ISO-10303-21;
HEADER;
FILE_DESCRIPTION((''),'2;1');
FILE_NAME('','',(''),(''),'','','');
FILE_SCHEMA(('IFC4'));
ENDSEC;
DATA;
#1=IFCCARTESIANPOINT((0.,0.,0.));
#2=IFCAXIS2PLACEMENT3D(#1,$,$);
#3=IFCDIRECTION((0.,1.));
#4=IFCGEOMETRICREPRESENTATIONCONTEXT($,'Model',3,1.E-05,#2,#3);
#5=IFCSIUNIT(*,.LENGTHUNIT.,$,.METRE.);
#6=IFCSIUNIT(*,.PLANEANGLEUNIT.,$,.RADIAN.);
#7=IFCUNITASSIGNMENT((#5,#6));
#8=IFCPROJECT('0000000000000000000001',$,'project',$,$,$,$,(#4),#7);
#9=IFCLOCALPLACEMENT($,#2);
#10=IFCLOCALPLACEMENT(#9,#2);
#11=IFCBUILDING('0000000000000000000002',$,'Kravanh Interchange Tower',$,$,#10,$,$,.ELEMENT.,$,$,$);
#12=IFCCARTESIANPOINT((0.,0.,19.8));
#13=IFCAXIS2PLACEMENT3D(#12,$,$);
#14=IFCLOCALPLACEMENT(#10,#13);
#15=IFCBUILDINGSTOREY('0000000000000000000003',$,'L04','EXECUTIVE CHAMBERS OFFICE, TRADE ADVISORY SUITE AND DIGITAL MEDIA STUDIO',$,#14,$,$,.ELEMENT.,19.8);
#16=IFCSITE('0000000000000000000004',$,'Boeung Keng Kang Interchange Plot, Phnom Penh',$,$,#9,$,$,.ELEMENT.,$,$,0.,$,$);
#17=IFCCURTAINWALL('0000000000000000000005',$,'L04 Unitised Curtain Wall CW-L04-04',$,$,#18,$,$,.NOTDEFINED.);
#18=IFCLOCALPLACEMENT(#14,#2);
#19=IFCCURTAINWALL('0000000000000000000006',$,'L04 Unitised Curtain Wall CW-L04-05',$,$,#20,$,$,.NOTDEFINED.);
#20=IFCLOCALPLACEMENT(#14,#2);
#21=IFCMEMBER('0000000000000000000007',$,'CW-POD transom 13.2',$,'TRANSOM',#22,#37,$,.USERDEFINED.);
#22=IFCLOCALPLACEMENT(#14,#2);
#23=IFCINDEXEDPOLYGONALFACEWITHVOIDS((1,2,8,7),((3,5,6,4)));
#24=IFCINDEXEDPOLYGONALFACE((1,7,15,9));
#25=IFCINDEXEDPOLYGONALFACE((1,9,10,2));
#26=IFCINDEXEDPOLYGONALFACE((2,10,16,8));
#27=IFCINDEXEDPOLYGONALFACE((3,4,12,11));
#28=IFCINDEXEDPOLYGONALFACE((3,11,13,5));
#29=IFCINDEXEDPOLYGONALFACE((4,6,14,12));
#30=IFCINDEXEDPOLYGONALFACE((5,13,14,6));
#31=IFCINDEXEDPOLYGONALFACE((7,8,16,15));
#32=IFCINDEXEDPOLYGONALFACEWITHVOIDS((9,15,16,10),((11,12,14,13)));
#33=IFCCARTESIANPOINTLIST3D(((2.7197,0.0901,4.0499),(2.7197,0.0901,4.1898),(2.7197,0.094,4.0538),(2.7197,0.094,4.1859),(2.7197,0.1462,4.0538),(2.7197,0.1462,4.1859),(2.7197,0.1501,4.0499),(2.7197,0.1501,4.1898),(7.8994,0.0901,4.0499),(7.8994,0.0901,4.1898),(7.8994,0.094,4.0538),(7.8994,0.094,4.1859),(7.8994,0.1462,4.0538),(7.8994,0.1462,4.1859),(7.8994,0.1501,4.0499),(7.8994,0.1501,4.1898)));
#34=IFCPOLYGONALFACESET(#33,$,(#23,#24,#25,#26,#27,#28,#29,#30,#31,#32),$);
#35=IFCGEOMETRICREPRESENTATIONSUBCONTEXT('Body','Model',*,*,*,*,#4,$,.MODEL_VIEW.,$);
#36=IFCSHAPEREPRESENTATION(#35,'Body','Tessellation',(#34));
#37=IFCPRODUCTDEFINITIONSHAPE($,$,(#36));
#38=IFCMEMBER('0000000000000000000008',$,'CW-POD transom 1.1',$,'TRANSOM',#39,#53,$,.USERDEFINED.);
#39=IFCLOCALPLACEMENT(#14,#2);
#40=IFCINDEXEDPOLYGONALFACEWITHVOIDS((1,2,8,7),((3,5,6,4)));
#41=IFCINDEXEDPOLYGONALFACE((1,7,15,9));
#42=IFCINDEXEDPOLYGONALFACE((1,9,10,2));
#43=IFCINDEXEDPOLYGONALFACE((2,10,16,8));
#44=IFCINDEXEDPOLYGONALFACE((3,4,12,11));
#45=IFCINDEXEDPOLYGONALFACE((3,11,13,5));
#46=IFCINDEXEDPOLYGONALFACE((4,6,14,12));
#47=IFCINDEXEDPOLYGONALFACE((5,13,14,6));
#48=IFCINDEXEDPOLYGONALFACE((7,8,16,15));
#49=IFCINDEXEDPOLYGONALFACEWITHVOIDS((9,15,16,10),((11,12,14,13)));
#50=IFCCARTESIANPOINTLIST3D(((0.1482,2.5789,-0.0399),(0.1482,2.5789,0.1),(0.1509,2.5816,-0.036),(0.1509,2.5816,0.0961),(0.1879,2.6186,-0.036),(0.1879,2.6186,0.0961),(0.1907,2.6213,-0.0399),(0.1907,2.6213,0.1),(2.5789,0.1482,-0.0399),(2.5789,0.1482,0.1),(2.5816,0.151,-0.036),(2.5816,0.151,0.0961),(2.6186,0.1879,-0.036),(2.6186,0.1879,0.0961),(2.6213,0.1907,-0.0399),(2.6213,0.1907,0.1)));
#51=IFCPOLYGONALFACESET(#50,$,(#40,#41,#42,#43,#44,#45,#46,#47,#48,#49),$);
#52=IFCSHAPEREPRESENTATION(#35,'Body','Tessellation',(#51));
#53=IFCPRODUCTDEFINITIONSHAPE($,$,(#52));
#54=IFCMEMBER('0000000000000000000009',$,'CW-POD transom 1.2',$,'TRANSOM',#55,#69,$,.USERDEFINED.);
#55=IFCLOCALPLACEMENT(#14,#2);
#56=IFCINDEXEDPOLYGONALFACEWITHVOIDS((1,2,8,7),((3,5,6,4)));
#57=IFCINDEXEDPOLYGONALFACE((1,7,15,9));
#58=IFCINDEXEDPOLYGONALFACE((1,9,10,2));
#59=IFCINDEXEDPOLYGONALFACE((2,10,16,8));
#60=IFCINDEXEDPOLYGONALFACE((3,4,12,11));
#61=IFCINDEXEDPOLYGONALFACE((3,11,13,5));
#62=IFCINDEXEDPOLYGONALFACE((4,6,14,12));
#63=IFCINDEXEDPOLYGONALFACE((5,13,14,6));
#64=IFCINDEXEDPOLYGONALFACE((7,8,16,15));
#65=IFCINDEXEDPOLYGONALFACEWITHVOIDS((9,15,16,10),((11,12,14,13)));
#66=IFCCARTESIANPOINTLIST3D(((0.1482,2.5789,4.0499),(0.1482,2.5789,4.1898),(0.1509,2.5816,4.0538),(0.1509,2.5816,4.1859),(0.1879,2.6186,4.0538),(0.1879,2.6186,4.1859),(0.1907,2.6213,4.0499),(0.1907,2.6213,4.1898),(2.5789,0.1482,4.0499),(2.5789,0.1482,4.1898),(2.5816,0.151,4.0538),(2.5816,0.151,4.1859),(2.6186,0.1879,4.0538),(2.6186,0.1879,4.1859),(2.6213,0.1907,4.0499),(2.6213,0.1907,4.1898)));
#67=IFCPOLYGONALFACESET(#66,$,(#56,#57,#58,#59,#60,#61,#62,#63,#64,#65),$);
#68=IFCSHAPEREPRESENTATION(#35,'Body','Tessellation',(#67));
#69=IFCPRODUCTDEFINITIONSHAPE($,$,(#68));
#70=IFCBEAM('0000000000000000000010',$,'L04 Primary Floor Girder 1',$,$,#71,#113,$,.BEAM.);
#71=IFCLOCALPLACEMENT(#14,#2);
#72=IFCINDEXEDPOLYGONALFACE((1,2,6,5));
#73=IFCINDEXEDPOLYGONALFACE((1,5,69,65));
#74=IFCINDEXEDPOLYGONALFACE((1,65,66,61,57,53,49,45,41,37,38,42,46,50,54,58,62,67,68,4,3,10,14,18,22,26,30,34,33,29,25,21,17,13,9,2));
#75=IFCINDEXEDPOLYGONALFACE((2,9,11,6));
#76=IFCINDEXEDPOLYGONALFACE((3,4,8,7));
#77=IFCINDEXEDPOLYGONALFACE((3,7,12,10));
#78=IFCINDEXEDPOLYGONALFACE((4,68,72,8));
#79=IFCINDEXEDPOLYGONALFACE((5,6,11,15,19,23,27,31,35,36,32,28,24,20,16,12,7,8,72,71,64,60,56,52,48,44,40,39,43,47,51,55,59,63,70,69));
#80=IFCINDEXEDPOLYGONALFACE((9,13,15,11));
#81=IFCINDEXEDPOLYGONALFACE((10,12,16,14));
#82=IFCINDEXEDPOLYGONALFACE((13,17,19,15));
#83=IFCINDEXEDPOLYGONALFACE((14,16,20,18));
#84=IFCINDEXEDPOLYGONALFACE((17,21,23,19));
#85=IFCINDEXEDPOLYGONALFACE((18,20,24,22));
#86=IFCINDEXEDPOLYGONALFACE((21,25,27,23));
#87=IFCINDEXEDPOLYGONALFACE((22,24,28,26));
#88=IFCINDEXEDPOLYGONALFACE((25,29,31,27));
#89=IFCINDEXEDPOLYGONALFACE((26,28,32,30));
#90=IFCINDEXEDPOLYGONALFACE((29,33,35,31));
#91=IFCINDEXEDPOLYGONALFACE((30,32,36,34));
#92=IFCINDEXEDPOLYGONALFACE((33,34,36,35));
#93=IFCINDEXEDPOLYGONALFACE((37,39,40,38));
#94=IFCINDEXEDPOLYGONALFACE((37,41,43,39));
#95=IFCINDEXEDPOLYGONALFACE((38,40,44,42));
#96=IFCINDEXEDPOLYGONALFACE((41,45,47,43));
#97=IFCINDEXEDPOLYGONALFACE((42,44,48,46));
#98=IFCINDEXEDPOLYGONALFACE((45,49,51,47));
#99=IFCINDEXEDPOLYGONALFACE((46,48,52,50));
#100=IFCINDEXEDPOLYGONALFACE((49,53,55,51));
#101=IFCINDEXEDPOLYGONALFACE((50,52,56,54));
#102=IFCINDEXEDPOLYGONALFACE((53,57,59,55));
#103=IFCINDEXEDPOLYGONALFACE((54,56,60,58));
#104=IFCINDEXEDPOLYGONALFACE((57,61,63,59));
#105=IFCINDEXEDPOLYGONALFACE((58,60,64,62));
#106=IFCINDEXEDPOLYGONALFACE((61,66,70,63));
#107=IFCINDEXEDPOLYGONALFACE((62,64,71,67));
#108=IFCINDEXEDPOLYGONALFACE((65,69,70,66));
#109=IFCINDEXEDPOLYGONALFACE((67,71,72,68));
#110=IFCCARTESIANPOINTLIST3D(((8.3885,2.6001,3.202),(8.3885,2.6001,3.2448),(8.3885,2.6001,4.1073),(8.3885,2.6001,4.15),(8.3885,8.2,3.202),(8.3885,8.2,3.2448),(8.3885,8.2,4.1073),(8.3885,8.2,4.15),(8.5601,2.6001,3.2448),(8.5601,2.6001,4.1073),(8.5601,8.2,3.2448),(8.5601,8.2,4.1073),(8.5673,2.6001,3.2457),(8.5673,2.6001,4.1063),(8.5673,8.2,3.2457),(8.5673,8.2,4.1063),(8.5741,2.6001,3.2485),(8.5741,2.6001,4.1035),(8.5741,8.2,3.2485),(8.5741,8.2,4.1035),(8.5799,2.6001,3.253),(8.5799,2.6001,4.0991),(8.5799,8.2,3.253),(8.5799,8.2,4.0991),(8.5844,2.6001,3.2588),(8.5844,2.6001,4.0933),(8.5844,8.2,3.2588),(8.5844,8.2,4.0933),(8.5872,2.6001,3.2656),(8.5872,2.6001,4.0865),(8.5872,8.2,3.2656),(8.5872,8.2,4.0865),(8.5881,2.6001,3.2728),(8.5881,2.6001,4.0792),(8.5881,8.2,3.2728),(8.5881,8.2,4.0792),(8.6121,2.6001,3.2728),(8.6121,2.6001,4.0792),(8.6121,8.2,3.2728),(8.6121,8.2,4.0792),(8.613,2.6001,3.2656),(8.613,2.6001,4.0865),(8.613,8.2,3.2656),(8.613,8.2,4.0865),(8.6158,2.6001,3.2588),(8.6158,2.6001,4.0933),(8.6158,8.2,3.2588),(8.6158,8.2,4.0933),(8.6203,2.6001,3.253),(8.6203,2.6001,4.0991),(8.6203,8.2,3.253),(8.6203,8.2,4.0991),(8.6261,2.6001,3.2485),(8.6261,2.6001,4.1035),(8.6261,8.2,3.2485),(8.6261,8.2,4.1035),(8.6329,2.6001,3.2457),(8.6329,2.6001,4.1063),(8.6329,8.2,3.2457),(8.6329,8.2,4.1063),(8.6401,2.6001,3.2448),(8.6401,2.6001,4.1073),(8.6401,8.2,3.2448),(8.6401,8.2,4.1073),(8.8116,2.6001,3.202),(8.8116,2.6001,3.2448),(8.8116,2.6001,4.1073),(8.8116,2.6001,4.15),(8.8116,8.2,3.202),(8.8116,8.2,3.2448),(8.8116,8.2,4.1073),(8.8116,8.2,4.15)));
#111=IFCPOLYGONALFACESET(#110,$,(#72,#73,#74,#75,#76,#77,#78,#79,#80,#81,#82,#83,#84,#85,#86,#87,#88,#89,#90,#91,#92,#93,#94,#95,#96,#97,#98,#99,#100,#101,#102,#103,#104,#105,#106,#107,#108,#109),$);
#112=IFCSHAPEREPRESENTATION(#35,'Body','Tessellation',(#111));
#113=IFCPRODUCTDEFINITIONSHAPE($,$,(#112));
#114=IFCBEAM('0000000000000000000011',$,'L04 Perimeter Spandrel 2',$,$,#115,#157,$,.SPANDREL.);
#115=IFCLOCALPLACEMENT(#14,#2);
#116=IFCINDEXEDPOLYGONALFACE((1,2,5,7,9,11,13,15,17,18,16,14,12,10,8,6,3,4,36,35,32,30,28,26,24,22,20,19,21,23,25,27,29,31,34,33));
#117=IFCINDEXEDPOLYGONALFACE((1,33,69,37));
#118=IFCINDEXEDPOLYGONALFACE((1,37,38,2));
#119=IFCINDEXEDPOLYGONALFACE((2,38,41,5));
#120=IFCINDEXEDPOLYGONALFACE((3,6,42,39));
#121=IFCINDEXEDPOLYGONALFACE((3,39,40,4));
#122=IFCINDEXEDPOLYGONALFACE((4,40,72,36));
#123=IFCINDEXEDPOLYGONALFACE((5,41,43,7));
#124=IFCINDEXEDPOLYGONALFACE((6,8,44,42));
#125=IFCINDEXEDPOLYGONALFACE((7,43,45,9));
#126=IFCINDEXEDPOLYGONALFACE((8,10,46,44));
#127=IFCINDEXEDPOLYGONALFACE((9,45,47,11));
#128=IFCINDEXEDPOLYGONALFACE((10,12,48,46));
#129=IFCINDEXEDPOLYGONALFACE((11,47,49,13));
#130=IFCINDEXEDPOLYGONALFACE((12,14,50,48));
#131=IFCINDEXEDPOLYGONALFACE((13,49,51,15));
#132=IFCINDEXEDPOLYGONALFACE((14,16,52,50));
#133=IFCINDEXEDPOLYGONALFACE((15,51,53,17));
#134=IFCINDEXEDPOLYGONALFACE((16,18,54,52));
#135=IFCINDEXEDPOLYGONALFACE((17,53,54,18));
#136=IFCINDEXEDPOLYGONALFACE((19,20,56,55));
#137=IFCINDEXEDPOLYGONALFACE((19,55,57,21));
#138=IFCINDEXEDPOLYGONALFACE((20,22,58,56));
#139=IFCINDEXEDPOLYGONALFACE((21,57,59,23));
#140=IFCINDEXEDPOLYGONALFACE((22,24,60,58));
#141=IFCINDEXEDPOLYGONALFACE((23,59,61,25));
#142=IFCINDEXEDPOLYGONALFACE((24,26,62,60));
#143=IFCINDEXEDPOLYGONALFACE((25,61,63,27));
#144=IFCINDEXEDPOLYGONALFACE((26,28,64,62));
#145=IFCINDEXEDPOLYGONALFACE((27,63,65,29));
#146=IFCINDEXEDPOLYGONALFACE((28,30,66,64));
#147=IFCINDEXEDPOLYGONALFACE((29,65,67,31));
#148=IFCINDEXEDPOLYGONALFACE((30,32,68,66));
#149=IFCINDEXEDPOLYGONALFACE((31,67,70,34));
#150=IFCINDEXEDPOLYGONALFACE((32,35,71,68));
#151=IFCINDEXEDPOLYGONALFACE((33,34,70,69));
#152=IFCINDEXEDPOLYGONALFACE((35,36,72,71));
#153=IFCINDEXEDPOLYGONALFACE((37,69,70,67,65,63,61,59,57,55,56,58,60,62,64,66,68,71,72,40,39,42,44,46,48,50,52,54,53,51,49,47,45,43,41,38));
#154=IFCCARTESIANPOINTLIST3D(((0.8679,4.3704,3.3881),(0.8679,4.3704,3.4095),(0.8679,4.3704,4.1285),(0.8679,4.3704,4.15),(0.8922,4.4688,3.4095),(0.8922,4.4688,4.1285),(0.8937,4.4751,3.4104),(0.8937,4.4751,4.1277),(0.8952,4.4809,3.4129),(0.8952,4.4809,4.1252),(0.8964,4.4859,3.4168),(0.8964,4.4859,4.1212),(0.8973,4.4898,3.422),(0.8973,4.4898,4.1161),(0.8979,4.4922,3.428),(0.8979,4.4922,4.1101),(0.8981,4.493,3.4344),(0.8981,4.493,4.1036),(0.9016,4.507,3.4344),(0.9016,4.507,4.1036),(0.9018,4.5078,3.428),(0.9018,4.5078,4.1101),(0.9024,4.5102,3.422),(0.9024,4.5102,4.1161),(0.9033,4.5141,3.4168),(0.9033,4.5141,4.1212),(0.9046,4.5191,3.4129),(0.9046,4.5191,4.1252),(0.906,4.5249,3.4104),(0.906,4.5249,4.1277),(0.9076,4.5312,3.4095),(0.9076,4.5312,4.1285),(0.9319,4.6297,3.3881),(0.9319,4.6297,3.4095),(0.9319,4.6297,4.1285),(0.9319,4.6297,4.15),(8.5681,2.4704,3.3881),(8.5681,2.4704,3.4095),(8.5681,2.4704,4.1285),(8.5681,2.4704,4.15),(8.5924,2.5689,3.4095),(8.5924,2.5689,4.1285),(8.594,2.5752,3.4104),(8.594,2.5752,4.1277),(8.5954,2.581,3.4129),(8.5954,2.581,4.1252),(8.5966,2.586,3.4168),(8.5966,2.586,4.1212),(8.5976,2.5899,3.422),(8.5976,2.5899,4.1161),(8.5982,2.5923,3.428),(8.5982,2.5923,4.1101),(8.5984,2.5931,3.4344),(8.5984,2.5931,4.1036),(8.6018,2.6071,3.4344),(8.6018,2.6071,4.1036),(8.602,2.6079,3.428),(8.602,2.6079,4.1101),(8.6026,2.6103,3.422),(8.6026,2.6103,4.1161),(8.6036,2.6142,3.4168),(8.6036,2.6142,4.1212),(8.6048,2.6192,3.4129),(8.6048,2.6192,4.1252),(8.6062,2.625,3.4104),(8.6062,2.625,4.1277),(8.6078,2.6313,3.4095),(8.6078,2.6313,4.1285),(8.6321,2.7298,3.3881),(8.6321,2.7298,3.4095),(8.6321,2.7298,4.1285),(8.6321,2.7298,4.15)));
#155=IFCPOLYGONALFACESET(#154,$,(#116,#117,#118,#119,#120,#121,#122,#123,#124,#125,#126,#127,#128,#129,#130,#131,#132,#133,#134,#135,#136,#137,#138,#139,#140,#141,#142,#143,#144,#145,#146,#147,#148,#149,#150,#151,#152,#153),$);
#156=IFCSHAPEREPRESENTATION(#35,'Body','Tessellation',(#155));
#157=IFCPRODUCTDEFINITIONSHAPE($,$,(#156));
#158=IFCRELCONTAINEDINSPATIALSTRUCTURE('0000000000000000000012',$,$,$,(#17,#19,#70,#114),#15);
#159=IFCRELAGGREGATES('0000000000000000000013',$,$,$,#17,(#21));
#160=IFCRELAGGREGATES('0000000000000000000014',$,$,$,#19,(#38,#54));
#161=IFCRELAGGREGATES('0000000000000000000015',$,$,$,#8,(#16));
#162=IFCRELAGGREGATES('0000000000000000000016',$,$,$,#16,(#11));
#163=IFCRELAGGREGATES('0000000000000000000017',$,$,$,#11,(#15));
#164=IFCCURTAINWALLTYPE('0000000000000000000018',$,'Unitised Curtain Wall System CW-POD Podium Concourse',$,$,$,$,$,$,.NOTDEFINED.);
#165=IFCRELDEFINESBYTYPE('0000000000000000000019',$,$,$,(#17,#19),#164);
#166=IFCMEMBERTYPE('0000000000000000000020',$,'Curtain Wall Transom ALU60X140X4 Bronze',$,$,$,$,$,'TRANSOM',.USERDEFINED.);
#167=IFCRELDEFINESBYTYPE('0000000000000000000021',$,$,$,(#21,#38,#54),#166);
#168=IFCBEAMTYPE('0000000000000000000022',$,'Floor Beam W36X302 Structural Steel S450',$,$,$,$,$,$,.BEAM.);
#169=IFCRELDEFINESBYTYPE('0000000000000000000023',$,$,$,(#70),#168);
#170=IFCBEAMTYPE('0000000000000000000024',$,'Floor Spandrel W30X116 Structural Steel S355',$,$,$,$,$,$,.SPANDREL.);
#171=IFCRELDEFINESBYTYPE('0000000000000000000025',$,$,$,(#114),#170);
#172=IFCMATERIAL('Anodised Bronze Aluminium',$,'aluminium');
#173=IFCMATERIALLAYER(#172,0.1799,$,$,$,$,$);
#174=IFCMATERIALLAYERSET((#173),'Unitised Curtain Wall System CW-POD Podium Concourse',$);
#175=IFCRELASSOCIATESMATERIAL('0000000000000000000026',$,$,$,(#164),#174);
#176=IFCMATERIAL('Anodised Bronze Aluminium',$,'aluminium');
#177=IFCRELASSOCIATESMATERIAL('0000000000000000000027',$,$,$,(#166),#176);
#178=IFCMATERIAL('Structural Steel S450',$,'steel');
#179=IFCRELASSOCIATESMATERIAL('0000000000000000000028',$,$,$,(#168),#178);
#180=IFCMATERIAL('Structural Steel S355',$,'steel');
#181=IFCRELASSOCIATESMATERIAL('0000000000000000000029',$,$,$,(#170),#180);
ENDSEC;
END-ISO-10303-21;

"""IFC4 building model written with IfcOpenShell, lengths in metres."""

from ifc_helpers import new_model, si_unit, direction, frame, origin, origin_2d, place, context, subcontext, project, spatial, hollow_rectangle, i_section, extrude, material, layer, layer_set, material_profile, profile_set, type_object, element, aggregate, save


model = new_model("IFC4")

# Units and contexts
model_context = context("Model", 3, precision=1e-05, world=origin(), true_north=direction((0.0, 1.0)))
body_context = subcontext(model_context, "Body", "Model", "MODEL_VIEW")
ifc_project = project(units=[si_unit("LENGTHUNIT", "METRE"), si_unit("PLANEANGLEUNIT", "RADIAN")], contexts=[model_context])

# Site, building, storey
site_placement = place(None, origin())
site = spatial("IfcSite", under=ifc_project, at=site_placement, Name="Boeung Keng Kang Interchange Plot, Phnom Penh", CompositionType="ELEMENT", RefElevation=0.0)
building_placement = place(site_placement, origin())
building = spatial("IfcBuilding", under=site, at=building_placement, Name="Kravanh Interchange Tower", CompositionType="ELEMENT")
storey_placement = place(building_placement, frame((0.0, 0.0, 19.8)))
storey = spatial("IfcBuildingStorey", under=building, at=storey_placement, Name="L04", Description="EXECUTIVE CHAMBERS OFFICE, TRADE ADVISORY SUITE AND DIGITAL MEDIA STUDIO", CompositionType="ELEMENT", Elevation=19.8)

# Shared definitions
ifc_material_1 = material(Name="Anodised Bronze Aluminium", Category="aluminium")
ifc_layer_1 = layer(ifc_material_1, 0.1799)
ifc_layer_set_1 = layer_set([ifc_layer_1], Name="Unitised Curtain Wall System CW-POD Podium Concourse")
curtain_wall_type = type_object("IfcCurtainWallType", Name="Unitised Curtain Wall System CW-POD Podium Concourse", PredefinedType="NOTDEFINED", material=ifc_layer_set_1)

# Curtain walls
curtain_wall_1_placement = place(storey_placement, origin())
curtain_wall_1 = element("IfcCurtainWall", 1, at=curtain_wall_1_placement, inside=storey, type_object=curtain_wall_type, Name="L04 Unitised Curtain Wall CW-L04-04", PredefinedType="NOTDEFINED")
curtain_wall_2_placement = place(storey_placement, origin())
curtain_wall_2 = element("IfcCurtainWall", 2, at=curtain_wall_2_placement, inside=storey, type_object=curtain_wall_type, Name="L04 Unitised Curtain Wall CW-L04-05", PredefinedType="NOTDEFINED")

# Members
ifc_material_2 = material(Name="Anodised Bronze Aluminium", Category="aluminium")
ifc_material_profile_1 = material_profile(ifc_material_2, hollow_rectangle(XDim=0.0601, YDim=0.1399, WallThickness=0.0039, at=origin_2d()), Name="ALU60X140X4")
ifc_profile_set_1 = profile_set([ifc_material_profile_1], Name="Anodised Bronze Aluminium")
member_type_1 = type_object("IfcMemberType", Name="Curtain Wall Transom ALU60X140X4 Bronze", ElementType="TRANSOM", PredefinedType="USERDEFINED", material=ifc_profile_set_1)
member_1_placement = place(storey_placement, frame((7.8994, 0.1201, 4.1199), z_axis=(-1.0, 0.0, 0.0), x_axis=(0.0, -1.0, 0.0)))
member_1 = element("IfcMember", 3, at=member_1_placement, type_object=member_type_1, Name="CW-POD transom 13.2", ObjectType="TRANSOM", PredefinedType="USERDEFINED", context=body_context, shape_type="SweptSolid", body=[
    extrude(hollow_rectangle(XDim=0.0601, YDim=0.1399, WallThickness=0.0039, at=origin_2d()), origin(), (0.0, 0.0, 1.0), 5.1797),
])
member_2_placement = place(storey_placement, frame((2.6001, 0.1694, 0.03), z_axis=(-0.707107, 0.707107, 0.0), x_axis=(-0.707107, -0.707107, 0.0)))
member_2 = element("IfcMember", 4, at=member_2_placement, type_object=member_type_1, Name="CW-POD transom 1.1", ObjectType="TRANSOM", PredefinedType="USERDEFINED", context=body_context, shape_type="SweptSolid", body=[
    extrude(hollow_rectangle(XDim=0.0601, YDim=0.1399, WallThickness=0.0039, at=origin_2d()), origin(), (0.0, 0.0, 1.0), 3.4375),
])
member_3_placement = place(storey_placement, frame((2.6001, 0.1694, 4.1199), z_axis=(-0.707107, 0.707107, 0.0), x_axis=(-0.707107, -0.707107, 0.0)))
member_3 = element("IfcMember", 5, at=member_3_placement, type_object=member_type_1, Name="CW-POD transom 1.2", ObjectType="TRANSOM", PredefinedType="USERDEFINED", context=body_context, shape_type="SweptSolid", body=[
    extrude(hollow_rectangle(XDim=0.0601, YDim=0.1399, WallThickness=0.0039, at=origin_2d()), origin(), (0.0, 0.0, 1.0), 3.4375),
])

# Beams
ifc_material_3 = material(Name="Structural Steel S450", Category="steel")
ifc_material_profile_2 = material_profile(ifc_material_3, i_section(OverallWidth=0.4231, OverallDepth=0.948, WebThickness=0.0239, FlangeThickness=0.0427, FilletRadius=0.0281, at=origin_2d()), Name="W36X302")
ifc_profile_set_2 = profile_set([ifc_material_profile_2], Name="Structural Steel S450")
beam_type_1 = type_object("IfcBeamType", Name="Floor Beam W36X302 Structural Steel S450", PredefinedType="BEAM", material=ifc_profile_set_2)
beam_1_placement = place(storey_placement, frame((8.6001, 2.6001, 3.676), z_axis=(0.0, 1.0, 0.0), x_axis=(-1.0, 0.0, 0.0)))
element("IfcBeam", 6, at=beam_1_placement, inside=storey, type_object=beam_type_1, Name="L04 Primary Floor Girder 1", PredefinedType="BEAM", context=body_context, shape_type="SweptSolid", body=[
    extrude(i_section(OverallWidth=0.4231, OverallDepth=0.948, WebThickness=0.0239, FlangeThickness=0.0427, FilletRadius=0.0281, at=origin_2d()), origin(), (0.0, 0.0, 1.0), 5.5999),
])
ifc_material_4 = material(Name="Structural Steel S355", Category="steel")
ifc_material_profile_3 = material_profile(ifc_material_4, i_section(OverallWidth=0.2671, OverallDepth=0.762, WebThickness=0.0144, FlangeThickness=0.0215, FilletRadius=0.0249, at=origin_2d()), Name="W30X116")
ifc_profile_set_3 = profile_set([ifc_material_profile_3], Name="Structural Steel S355")
beam_type_2 = type_object("IfcBeamType", Name="Floor Spandrel W30X116 Structural Steel S355", PredefinedType="SPANDREL", material=ifc_profile_set_3)
beam_2_placement = place(storey_placement, frame((8.6001, 2.6001, 3.769), z_axis=(-0.970884, 0.23955, 0.0), x_axis=(-0.23955, -0.970884, 0.0)))
element("IfcBeam", 7, at=beam_2_placement, inside=storey, type_object=beam_type_2, Name="L04 Perimeter Spandrel 2", PredefinedType="SPANDREL", context=body_context, shape_type="SweptSolid", body=[
    extrude(i_section(OverallWidth=0.2671, OverallDepth=0.762, WebThickness=0.0144, FlangeThickness=0.0215, FilletRadius=0.0249, at=origin_2d()), origin(), (0.0, 0.0, 1.0), 7.9312),
])

aggregate(curtain_wall_1, [member_1])
aggregate(curtain_wall_2, [member_2, member_3])

save(model, "model.ifc")
